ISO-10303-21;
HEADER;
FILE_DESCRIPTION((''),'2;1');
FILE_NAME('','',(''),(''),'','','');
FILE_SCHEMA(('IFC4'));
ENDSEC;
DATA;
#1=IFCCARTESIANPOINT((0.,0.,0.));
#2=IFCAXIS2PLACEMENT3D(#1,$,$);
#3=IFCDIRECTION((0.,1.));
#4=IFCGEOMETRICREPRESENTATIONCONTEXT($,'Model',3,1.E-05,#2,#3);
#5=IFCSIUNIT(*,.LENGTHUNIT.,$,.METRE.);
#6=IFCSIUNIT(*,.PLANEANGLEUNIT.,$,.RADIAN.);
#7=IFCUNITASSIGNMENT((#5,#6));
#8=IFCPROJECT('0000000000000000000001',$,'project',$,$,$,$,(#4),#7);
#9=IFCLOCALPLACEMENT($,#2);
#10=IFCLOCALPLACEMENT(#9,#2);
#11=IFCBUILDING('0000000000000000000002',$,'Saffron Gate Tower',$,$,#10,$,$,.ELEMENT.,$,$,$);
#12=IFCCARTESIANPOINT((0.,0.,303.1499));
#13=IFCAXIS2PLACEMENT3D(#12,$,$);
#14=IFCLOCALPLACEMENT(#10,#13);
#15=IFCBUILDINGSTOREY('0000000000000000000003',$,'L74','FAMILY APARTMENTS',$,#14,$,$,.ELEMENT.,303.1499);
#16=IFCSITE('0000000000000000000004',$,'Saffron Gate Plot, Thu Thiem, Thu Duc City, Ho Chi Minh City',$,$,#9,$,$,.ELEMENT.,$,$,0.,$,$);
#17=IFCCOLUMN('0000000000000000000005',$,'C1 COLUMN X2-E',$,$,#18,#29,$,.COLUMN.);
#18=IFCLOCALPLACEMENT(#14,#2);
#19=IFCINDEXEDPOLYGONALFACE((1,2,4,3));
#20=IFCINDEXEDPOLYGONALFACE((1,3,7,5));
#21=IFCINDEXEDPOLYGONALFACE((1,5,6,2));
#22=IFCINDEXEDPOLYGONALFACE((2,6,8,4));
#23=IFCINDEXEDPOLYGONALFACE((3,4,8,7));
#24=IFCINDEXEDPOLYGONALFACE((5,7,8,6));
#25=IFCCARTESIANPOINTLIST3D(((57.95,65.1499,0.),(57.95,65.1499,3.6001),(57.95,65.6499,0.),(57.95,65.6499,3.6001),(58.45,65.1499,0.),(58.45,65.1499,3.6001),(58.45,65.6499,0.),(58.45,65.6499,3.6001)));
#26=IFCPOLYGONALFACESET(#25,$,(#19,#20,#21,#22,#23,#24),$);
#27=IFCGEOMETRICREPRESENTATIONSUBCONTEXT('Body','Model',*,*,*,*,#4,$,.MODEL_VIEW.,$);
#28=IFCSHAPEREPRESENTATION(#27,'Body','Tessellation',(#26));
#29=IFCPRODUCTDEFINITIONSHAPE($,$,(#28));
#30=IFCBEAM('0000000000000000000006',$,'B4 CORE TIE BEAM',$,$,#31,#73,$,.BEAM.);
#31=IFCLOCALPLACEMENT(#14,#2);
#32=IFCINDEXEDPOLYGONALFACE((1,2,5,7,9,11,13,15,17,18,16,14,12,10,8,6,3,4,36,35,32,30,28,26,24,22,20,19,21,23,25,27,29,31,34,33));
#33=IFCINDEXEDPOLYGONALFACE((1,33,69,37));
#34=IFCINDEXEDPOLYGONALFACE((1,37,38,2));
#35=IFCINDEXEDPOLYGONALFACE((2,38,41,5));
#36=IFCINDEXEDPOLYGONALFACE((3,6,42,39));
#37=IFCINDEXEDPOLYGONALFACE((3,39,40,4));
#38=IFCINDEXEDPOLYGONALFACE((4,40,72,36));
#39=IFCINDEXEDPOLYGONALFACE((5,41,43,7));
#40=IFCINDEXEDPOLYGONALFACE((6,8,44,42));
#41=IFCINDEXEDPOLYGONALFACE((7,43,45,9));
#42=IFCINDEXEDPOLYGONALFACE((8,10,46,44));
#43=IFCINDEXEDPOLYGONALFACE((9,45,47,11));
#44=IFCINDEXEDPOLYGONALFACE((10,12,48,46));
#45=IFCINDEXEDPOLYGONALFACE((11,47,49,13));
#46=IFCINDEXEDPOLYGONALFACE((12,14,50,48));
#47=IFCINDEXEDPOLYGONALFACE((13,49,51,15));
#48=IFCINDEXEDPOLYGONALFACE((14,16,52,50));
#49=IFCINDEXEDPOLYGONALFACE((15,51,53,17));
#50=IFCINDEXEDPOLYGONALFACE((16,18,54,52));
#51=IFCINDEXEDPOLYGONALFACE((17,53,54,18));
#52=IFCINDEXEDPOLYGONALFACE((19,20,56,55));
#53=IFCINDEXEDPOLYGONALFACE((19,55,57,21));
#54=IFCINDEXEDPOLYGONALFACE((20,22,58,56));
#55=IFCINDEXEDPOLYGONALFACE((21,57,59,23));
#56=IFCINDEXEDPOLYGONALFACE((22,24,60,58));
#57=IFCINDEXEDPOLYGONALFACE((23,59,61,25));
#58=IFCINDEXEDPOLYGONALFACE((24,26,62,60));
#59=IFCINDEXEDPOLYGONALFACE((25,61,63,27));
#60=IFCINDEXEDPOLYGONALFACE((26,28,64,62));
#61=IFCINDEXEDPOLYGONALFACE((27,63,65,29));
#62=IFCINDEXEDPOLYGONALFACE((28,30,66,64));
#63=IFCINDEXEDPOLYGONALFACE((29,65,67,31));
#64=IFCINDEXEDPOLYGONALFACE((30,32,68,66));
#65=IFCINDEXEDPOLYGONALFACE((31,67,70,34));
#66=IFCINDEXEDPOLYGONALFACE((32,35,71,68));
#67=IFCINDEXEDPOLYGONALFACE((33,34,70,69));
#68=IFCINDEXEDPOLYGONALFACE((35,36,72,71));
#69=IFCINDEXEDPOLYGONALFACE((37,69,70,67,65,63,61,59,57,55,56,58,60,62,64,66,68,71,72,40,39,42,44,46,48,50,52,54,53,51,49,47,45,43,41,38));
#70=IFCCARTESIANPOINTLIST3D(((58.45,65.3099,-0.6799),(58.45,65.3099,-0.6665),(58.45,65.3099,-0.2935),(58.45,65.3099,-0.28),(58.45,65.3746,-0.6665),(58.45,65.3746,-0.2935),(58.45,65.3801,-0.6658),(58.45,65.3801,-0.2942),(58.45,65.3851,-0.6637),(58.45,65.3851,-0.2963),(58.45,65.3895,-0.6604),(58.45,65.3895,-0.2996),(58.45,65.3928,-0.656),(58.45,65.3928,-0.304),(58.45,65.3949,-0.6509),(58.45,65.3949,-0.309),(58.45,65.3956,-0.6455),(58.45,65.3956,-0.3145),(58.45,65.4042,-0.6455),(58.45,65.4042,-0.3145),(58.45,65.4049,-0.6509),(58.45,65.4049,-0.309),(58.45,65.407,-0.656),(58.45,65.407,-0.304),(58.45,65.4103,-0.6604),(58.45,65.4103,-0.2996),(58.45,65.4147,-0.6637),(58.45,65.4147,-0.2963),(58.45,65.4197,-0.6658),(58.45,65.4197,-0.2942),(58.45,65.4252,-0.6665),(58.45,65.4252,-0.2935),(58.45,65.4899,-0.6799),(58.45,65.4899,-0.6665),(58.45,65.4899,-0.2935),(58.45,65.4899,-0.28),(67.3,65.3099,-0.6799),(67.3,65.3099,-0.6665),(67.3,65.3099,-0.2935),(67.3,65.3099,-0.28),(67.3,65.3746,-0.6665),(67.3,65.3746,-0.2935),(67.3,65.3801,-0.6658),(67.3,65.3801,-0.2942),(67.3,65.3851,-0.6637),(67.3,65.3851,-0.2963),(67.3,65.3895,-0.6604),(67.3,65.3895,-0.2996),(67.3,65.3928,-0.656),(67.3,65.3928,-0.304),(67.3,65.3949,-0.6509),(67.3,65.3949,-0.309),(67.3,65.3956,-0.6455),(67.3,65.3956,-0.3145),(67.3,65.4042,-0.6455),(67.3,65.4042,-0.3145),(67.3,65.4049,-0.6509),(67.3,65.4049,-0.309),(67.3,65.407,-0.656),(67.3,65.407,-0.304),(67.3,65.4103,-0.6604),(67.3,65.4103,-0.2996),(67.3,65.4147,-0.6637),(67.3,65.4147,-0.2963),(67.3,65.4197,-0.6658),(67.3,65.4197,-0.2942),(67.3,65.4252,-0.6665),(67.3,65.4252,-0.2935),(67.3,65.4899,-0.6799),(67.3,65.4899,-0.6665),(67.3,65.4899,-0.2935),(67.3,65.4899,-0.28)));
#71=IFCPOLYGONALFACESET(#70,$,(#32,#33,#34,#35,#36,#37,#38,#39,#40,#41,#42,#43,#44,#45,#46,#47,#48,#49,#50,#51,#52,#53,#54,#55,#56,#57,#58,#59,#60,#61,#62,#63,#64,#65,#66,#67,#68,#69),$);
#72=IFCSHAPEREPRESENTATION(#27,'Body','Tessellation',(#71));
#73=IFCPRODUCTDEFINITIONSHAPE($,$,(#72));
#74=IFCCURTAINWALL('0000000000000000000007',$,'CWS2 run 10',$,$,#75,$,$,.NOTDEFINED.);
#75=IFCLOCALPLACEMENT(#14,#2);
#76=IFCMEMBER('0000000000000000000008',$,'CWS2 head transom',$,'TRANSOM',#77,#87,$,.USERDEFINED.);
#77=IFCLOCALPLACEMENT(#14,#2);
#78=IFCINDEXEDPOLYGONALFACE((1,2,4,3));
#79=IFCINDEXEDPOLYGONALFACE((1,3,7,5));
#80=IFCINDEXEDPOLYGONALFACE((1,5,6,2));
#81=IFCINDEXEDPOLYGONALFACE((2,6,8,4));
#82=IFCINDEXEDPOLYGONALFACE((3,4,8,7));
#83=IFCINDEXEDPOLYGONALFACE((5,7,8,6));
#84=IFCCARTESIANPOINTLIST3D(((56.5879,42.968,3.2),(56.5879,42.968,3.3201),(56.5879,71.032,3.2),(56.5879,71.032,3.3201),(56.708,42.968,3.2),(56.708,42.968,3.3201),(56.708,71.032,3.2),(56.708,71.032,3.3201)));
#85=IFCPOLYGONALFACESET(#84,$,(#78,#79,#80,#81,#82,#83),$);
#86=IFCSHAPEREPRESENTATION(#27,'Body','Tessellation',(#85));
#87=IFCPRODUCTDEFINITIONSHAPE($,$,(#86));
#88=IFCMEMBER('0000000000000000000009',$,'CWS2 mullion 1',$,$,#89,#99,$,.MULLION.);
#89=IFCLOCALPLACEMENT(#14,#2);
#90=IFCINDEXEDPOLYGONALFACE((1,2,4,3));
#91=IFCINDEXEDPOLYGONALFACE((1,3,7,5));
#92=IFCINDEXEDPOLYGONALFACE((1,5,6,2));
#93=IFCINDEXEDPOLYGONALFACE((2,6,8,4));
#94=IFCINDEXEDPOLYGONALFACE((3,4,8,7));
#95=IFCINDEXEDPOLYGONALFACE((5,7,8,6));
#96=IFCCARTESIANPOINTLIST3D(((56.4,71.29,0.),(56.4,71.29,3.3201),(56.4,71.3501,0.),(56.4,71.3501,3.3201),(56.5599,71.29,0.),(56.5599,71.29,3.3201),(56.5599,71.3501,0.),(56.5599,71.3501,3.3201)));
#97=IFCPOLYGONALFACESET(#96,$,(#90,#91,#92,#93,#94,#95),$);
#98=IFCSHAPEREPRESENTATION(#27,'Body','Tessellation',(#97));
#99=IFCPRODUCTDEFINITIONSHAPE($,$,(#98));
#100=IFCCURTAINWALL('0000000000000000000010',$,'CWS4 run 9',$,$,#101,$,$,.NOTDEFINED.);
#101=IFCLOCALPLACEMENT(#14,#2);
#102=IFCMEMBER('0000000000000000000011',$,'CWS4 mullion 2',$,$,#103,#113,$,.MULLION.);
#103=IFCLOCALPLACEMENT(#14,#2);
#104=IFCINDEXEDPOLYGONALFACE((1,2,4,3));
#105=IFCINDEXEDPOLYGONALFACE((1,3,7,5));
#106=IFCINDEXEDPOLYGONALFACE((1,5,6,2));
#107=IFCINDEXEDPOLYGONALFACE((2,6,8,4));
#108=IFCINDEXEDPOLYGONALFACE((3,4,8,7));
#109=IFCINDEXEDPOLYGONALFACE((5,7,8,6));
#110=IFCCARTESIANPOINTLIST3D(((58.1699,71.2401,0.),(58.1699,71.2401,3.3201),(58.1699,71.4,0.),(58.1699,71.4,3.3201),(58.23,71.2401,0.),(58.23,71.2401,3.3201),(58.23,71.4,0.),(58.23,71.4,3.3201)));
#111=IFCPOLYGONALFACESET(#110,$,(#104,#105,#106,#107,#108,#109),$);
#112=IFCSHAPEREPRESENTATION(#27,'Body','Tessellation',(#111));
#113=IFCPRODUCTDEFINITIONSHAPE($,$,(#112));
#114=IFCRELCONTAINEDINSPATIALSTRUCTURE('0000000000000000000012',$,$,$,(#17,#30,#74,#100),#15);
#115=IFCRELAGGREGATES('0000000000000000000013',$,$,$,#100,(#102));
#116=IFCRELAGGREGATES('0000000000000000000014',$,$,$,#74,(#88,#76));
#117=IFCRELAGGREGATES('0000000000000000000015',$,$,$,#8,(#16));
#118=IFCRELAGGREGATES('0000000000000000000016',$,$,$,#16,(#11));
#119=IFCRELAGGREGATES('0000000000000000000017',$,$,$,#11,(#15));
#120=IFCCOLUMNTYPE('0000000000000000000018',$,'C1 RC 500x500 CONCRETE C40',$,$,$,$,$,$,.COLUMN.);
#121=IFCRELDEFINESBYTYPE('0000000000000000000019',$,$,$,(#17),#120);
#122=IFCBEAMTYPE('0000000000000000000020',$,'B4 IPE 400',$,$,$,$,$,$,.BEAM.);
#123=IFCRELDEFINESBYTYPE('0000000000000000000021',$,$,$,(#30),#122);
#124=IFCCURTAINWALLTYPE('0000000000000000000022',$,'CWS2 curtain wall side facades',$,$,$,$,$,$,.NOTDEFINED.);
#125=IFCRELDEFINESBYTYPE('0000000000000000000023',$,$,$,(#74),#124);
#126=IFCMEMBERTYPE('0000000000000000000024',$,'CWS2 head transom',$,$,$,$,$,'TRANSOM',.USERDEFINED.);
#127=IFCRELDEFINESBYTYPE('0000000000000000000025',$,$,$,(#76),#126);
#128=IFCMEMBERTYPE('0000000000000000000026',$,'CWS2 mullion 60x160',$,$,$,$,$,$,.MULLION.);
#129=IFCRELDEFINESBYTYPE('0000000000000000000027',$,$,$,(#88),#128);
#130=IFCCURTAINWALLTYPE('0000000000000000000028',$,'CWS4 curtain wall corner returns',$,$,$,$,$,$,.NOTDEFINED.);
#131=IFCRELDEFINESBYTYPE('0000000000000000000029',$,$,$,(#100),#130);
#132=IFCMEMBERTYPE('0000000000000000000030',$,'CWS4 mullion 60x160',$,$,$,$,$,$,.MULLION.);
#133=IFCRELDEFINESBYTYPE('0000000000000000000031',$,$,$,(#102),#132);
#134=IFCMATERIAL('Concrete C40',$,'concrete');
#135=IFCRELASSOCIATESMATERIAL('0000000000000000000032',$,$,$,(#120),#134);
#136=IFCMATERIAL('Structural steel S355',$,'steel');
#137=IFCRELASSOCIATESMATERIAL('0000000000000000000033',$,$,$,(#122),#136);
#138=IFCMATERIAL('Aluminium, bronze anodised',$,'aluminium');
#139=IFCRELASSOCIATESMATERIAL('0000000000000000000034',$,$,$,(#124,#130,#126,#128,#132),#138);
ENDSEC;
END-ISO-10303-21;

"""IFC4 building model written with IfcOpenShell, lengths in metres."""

from ifc_helpers import new_model, si_unit, direction, frame, origin, origin_2d, place, context, subcontext, project, spatial, rectangle, i_section, extrude, material, material_profile, profile_set, type_object, element, aggregate, save


model = new_model("IFC4")

# Units and contexts
model_context = context("Model", 3, precision=1e-05, world=origin(), true_north=direction((0.0, 1.0)))
body_context = subcontext(model_context, "Body", "Model", "MODEL_VIEW")
ifc_project = project(units=[si_unit("LENGTHUNIT", "METRE"), si_unit("PLANEANGLEUNIT", "RADIAN")], contexts=[model_context])

# Site, building, storey
site_placement = place(None, origin())
site = spatial("IfcSite", under=ifc_project, at=site_placement, Name="Saffron Gate Plot, Thu Thiem, Thu Duc City, Ho Chi Minh City", CompositionType="ELEMENT", RefElevation=0.0)
building_placement = place(site_placement, origin())
building = spatial("IfcBuilding", under=site, at=building_placement, Name="Saffron Gate Tower", CompositionType="ELEMENT")
storey_placement = place(building_placement, frame((0.0, 0.0, 303.1499)))
storey = spatial("IfcBuildingStorey", under=building, at=storey_placement, Name="L74", Description="FAMILY APARTMENTS", CompositionType="ELEMENT", Elevation=303.1499)

# Column
ifc_material_1 = material(Name="Concrete C40", Category="concrete")
ifc_material_profile_1 = material_profile(ifc_material_1, rectangle(XDim=0.5, YDim=0.5, at=origin_2d()))
ifc_profile_set_1 = profile_set([ifc_material_profile_1], Name="Concrete C40")
column_type = type_object("IfcColumnType", Name="C1 RC 500x500 CONCRETE C40", PredefinedType="COLUMN", material=ifc_profile_set_1)
column_placement = place(storey_placement, frame((58.2, 65.3999, 0.0), z_axis=(0.0, 0.0, 1.0), x_axis=(1.0, 0.0, 0.0)))
element("IfcColumn", 1, at=column_placement, inside=storey, type_object=column_type, Name="C1 COLUMN X2-E", PredefinedType="COLUMN", context=body_context, shape_type="SweptSolid", body=[
    extrude(rectangle(XDim=0.5, YDim=0.5, at=origin_2d()), origin(), (0.0, 0.0, 1.0), 3.6001),
])

# Beam
ifc_material_2 = material(Name="Structural steel S355", Category="steel")
ifc_material_profile_2 = material_profile(ifc_material_2, i_section(OverallWidth=0.1799, OverallDepth=0.3999, WebThickness=0.0085, FlangeThickness=0.0134, FilletRadius=0.021, at=origin_2d()))
ifc_profile_set_2 = profile_set([ifc_material_profile_2], Name="Structural steel S355")
beam_type = type_object("IfcBeamType", Name="B4 IPE 400", PredefinedType="BEAM", material=ifc_profile_set_2)
beam_placement = place(storey_placement, frame((58.45, 65.3999, -0.48), z_axis=(1.0, 0.0, 0.0), x_axis=(0.0, 1.0, 0.0)))
element("IfcBeam", 2, at=beam_placement, inside=storey, type_object=beam_type, Name="B4 CORE TIE BEAM", PredefinedType="BEAM", context=body_context, shape_type="SweptSolid", body=[
    extrude(i_section(OverallWidth=0.1799, OverallDepth=0.3999, WebThickness=0.0085, FlangeThickness=0.0134, FilletRadius=0.021, at=origin_2d()), origin(), (0.0, 0.0, 1.0), 8.8501),
])

# Curtain wall, members
ifc_material_3 = material(Name="Aluminium, bronze anodised", Category="aluminium")
curtain_wall_type_1 = type_object("IfcCurtainWallType", Name="CWS2 curtain wall side facades", PredefinedType="NOTDEFINED", material=ifc_material_3)
curtain_wall_1_placement = place(storey_placement, origin())
curtain_wall_1 = element("IfcCurtainWall", 3, at=curtain_wall_1_placement, inside=storey, type_object=curtain_wall_type_1, Name="CWS2 run 10", PredefinedType="NOTDEFINED")
ifc_material_profile_3 = material_profile(ifc_material_3, rectangle(XDim=0.1201, YDim=0.1201, at=origin_2d()))
ifc_profile_set_3 = profile_set([ifc_material_profile_3], Name="Aluminium, bronze anodised")
member_type_1 = type_object("IfcMemberType", Name="CWS2 head transom", ElementType="TRANSOM", PredefinedType="USERDEFINED", material=ifc_profile_set_3)
member_1_placement = place(storey_placement, frame((56.6479, 71.032, 3.26), z_axis=(0.0, -1.0, 0.0), x_axis=(1.0, 0.0, 0.0)))
member_1 = element("IfcMember", 4, at=member_1_placement, type_object=member_type_1, Name="CWS2 head transom", ObjectType="TRANSOM", PredefinedType="USERDEFINED", context=body_context, shape_type="SweptSolid", body=[
    extrude(rectangle(XDim=0.1201, YDim=0.1201, at=origin_2d()), origin(), (0.0, 0.0, 1.0), 28.064),
])
ifc_material_profile_4 = material_profile(ifc_material_3, rectangle(XDim=0.1599, YDim=0.0601, at=origin_2d()))
ifc_profile_set_4 = profile_set([ifc_material_profile_4], Name="Aluminium, bronze anodised")
member_type_2 = type_object("IfcMemberType", Name="CWS2 mullion 60x160", PredefinedType="MULLION", material=ifc_profile_set_4)
member_2_placement = place(storey_placement, frame((56.48, 71.3201, 0.0), z_axis=(0.0, 0.0, 1.0), x_axis=(1.0, 0.0, 0.0)))
member_2 = element("IfcMember", 5, at=member_2_placement, type_object=member_type_2, Name="CWS2 mullion 1", PredefinedType="MULLION", context=body_context, shape_type="SweptSolid", body=[
    extrude(rectangle(XDim=0.1599, YDim=0.0601, at=origin_2d()), origin(), (0.0, 0.0, 1.0), 3.3201),
])

# Curtain wall, member
curtain_wall_type_2 = type_object("IfcCurtainWallType", Name="CWS4 curtain wall corner returns", PredefinedType="NOTDEFINED", material=ifc_material_3)
curtain_wall_2_placement = place(storey_placement, origin())
curtain_wall_2 = element("IfcCurtainWall", 6, at=curtain_wall_2_placement, inside=storey, type_object=curtain_wall_type_2, Name="CWS4 run 9", PredefinedType="NOTDEFINED")
ifc_material_profile_5 = material_profile(ifc_material_3, rectangle(XDim=0.1599, YDim=0.0601, at=origin_2d()))
ifc_profile_set_5 = profile_set([ifc_material_profile_5], Name="Aluminium, bronze anodised")
member_type_3 = type_object("IfcMemberType", Name="CWS4 mullion 60x160", PredefinedType="MULLION", material=ifc_profile_set_5)
member_3_placement = place(storey_placement, frame((58.2, 71.3201, 0.0), z_axis=(0.0, 0.0, 1.0), x_axis=(0.0, -1.0, 0.0)))
member_3 = element("IfcMember", 7, at=member_3_placement, type_object=member_type_3, Name="CWS4 mullion 2", PredefinedType="MULLION", context=body_context, shape_type="SweptSolid", body=[
    extrude(rectangle(XDim=0.1599, YDim=0.0601, at=origin_2d()), origin(), (0.0, 0.0, 1.0), 3.3201),
])
aggregate(curtain_wall_2, [member_3])

aggregate(curtain_wall_1, [member_2, member_1])

save(model, "model.ifc")
